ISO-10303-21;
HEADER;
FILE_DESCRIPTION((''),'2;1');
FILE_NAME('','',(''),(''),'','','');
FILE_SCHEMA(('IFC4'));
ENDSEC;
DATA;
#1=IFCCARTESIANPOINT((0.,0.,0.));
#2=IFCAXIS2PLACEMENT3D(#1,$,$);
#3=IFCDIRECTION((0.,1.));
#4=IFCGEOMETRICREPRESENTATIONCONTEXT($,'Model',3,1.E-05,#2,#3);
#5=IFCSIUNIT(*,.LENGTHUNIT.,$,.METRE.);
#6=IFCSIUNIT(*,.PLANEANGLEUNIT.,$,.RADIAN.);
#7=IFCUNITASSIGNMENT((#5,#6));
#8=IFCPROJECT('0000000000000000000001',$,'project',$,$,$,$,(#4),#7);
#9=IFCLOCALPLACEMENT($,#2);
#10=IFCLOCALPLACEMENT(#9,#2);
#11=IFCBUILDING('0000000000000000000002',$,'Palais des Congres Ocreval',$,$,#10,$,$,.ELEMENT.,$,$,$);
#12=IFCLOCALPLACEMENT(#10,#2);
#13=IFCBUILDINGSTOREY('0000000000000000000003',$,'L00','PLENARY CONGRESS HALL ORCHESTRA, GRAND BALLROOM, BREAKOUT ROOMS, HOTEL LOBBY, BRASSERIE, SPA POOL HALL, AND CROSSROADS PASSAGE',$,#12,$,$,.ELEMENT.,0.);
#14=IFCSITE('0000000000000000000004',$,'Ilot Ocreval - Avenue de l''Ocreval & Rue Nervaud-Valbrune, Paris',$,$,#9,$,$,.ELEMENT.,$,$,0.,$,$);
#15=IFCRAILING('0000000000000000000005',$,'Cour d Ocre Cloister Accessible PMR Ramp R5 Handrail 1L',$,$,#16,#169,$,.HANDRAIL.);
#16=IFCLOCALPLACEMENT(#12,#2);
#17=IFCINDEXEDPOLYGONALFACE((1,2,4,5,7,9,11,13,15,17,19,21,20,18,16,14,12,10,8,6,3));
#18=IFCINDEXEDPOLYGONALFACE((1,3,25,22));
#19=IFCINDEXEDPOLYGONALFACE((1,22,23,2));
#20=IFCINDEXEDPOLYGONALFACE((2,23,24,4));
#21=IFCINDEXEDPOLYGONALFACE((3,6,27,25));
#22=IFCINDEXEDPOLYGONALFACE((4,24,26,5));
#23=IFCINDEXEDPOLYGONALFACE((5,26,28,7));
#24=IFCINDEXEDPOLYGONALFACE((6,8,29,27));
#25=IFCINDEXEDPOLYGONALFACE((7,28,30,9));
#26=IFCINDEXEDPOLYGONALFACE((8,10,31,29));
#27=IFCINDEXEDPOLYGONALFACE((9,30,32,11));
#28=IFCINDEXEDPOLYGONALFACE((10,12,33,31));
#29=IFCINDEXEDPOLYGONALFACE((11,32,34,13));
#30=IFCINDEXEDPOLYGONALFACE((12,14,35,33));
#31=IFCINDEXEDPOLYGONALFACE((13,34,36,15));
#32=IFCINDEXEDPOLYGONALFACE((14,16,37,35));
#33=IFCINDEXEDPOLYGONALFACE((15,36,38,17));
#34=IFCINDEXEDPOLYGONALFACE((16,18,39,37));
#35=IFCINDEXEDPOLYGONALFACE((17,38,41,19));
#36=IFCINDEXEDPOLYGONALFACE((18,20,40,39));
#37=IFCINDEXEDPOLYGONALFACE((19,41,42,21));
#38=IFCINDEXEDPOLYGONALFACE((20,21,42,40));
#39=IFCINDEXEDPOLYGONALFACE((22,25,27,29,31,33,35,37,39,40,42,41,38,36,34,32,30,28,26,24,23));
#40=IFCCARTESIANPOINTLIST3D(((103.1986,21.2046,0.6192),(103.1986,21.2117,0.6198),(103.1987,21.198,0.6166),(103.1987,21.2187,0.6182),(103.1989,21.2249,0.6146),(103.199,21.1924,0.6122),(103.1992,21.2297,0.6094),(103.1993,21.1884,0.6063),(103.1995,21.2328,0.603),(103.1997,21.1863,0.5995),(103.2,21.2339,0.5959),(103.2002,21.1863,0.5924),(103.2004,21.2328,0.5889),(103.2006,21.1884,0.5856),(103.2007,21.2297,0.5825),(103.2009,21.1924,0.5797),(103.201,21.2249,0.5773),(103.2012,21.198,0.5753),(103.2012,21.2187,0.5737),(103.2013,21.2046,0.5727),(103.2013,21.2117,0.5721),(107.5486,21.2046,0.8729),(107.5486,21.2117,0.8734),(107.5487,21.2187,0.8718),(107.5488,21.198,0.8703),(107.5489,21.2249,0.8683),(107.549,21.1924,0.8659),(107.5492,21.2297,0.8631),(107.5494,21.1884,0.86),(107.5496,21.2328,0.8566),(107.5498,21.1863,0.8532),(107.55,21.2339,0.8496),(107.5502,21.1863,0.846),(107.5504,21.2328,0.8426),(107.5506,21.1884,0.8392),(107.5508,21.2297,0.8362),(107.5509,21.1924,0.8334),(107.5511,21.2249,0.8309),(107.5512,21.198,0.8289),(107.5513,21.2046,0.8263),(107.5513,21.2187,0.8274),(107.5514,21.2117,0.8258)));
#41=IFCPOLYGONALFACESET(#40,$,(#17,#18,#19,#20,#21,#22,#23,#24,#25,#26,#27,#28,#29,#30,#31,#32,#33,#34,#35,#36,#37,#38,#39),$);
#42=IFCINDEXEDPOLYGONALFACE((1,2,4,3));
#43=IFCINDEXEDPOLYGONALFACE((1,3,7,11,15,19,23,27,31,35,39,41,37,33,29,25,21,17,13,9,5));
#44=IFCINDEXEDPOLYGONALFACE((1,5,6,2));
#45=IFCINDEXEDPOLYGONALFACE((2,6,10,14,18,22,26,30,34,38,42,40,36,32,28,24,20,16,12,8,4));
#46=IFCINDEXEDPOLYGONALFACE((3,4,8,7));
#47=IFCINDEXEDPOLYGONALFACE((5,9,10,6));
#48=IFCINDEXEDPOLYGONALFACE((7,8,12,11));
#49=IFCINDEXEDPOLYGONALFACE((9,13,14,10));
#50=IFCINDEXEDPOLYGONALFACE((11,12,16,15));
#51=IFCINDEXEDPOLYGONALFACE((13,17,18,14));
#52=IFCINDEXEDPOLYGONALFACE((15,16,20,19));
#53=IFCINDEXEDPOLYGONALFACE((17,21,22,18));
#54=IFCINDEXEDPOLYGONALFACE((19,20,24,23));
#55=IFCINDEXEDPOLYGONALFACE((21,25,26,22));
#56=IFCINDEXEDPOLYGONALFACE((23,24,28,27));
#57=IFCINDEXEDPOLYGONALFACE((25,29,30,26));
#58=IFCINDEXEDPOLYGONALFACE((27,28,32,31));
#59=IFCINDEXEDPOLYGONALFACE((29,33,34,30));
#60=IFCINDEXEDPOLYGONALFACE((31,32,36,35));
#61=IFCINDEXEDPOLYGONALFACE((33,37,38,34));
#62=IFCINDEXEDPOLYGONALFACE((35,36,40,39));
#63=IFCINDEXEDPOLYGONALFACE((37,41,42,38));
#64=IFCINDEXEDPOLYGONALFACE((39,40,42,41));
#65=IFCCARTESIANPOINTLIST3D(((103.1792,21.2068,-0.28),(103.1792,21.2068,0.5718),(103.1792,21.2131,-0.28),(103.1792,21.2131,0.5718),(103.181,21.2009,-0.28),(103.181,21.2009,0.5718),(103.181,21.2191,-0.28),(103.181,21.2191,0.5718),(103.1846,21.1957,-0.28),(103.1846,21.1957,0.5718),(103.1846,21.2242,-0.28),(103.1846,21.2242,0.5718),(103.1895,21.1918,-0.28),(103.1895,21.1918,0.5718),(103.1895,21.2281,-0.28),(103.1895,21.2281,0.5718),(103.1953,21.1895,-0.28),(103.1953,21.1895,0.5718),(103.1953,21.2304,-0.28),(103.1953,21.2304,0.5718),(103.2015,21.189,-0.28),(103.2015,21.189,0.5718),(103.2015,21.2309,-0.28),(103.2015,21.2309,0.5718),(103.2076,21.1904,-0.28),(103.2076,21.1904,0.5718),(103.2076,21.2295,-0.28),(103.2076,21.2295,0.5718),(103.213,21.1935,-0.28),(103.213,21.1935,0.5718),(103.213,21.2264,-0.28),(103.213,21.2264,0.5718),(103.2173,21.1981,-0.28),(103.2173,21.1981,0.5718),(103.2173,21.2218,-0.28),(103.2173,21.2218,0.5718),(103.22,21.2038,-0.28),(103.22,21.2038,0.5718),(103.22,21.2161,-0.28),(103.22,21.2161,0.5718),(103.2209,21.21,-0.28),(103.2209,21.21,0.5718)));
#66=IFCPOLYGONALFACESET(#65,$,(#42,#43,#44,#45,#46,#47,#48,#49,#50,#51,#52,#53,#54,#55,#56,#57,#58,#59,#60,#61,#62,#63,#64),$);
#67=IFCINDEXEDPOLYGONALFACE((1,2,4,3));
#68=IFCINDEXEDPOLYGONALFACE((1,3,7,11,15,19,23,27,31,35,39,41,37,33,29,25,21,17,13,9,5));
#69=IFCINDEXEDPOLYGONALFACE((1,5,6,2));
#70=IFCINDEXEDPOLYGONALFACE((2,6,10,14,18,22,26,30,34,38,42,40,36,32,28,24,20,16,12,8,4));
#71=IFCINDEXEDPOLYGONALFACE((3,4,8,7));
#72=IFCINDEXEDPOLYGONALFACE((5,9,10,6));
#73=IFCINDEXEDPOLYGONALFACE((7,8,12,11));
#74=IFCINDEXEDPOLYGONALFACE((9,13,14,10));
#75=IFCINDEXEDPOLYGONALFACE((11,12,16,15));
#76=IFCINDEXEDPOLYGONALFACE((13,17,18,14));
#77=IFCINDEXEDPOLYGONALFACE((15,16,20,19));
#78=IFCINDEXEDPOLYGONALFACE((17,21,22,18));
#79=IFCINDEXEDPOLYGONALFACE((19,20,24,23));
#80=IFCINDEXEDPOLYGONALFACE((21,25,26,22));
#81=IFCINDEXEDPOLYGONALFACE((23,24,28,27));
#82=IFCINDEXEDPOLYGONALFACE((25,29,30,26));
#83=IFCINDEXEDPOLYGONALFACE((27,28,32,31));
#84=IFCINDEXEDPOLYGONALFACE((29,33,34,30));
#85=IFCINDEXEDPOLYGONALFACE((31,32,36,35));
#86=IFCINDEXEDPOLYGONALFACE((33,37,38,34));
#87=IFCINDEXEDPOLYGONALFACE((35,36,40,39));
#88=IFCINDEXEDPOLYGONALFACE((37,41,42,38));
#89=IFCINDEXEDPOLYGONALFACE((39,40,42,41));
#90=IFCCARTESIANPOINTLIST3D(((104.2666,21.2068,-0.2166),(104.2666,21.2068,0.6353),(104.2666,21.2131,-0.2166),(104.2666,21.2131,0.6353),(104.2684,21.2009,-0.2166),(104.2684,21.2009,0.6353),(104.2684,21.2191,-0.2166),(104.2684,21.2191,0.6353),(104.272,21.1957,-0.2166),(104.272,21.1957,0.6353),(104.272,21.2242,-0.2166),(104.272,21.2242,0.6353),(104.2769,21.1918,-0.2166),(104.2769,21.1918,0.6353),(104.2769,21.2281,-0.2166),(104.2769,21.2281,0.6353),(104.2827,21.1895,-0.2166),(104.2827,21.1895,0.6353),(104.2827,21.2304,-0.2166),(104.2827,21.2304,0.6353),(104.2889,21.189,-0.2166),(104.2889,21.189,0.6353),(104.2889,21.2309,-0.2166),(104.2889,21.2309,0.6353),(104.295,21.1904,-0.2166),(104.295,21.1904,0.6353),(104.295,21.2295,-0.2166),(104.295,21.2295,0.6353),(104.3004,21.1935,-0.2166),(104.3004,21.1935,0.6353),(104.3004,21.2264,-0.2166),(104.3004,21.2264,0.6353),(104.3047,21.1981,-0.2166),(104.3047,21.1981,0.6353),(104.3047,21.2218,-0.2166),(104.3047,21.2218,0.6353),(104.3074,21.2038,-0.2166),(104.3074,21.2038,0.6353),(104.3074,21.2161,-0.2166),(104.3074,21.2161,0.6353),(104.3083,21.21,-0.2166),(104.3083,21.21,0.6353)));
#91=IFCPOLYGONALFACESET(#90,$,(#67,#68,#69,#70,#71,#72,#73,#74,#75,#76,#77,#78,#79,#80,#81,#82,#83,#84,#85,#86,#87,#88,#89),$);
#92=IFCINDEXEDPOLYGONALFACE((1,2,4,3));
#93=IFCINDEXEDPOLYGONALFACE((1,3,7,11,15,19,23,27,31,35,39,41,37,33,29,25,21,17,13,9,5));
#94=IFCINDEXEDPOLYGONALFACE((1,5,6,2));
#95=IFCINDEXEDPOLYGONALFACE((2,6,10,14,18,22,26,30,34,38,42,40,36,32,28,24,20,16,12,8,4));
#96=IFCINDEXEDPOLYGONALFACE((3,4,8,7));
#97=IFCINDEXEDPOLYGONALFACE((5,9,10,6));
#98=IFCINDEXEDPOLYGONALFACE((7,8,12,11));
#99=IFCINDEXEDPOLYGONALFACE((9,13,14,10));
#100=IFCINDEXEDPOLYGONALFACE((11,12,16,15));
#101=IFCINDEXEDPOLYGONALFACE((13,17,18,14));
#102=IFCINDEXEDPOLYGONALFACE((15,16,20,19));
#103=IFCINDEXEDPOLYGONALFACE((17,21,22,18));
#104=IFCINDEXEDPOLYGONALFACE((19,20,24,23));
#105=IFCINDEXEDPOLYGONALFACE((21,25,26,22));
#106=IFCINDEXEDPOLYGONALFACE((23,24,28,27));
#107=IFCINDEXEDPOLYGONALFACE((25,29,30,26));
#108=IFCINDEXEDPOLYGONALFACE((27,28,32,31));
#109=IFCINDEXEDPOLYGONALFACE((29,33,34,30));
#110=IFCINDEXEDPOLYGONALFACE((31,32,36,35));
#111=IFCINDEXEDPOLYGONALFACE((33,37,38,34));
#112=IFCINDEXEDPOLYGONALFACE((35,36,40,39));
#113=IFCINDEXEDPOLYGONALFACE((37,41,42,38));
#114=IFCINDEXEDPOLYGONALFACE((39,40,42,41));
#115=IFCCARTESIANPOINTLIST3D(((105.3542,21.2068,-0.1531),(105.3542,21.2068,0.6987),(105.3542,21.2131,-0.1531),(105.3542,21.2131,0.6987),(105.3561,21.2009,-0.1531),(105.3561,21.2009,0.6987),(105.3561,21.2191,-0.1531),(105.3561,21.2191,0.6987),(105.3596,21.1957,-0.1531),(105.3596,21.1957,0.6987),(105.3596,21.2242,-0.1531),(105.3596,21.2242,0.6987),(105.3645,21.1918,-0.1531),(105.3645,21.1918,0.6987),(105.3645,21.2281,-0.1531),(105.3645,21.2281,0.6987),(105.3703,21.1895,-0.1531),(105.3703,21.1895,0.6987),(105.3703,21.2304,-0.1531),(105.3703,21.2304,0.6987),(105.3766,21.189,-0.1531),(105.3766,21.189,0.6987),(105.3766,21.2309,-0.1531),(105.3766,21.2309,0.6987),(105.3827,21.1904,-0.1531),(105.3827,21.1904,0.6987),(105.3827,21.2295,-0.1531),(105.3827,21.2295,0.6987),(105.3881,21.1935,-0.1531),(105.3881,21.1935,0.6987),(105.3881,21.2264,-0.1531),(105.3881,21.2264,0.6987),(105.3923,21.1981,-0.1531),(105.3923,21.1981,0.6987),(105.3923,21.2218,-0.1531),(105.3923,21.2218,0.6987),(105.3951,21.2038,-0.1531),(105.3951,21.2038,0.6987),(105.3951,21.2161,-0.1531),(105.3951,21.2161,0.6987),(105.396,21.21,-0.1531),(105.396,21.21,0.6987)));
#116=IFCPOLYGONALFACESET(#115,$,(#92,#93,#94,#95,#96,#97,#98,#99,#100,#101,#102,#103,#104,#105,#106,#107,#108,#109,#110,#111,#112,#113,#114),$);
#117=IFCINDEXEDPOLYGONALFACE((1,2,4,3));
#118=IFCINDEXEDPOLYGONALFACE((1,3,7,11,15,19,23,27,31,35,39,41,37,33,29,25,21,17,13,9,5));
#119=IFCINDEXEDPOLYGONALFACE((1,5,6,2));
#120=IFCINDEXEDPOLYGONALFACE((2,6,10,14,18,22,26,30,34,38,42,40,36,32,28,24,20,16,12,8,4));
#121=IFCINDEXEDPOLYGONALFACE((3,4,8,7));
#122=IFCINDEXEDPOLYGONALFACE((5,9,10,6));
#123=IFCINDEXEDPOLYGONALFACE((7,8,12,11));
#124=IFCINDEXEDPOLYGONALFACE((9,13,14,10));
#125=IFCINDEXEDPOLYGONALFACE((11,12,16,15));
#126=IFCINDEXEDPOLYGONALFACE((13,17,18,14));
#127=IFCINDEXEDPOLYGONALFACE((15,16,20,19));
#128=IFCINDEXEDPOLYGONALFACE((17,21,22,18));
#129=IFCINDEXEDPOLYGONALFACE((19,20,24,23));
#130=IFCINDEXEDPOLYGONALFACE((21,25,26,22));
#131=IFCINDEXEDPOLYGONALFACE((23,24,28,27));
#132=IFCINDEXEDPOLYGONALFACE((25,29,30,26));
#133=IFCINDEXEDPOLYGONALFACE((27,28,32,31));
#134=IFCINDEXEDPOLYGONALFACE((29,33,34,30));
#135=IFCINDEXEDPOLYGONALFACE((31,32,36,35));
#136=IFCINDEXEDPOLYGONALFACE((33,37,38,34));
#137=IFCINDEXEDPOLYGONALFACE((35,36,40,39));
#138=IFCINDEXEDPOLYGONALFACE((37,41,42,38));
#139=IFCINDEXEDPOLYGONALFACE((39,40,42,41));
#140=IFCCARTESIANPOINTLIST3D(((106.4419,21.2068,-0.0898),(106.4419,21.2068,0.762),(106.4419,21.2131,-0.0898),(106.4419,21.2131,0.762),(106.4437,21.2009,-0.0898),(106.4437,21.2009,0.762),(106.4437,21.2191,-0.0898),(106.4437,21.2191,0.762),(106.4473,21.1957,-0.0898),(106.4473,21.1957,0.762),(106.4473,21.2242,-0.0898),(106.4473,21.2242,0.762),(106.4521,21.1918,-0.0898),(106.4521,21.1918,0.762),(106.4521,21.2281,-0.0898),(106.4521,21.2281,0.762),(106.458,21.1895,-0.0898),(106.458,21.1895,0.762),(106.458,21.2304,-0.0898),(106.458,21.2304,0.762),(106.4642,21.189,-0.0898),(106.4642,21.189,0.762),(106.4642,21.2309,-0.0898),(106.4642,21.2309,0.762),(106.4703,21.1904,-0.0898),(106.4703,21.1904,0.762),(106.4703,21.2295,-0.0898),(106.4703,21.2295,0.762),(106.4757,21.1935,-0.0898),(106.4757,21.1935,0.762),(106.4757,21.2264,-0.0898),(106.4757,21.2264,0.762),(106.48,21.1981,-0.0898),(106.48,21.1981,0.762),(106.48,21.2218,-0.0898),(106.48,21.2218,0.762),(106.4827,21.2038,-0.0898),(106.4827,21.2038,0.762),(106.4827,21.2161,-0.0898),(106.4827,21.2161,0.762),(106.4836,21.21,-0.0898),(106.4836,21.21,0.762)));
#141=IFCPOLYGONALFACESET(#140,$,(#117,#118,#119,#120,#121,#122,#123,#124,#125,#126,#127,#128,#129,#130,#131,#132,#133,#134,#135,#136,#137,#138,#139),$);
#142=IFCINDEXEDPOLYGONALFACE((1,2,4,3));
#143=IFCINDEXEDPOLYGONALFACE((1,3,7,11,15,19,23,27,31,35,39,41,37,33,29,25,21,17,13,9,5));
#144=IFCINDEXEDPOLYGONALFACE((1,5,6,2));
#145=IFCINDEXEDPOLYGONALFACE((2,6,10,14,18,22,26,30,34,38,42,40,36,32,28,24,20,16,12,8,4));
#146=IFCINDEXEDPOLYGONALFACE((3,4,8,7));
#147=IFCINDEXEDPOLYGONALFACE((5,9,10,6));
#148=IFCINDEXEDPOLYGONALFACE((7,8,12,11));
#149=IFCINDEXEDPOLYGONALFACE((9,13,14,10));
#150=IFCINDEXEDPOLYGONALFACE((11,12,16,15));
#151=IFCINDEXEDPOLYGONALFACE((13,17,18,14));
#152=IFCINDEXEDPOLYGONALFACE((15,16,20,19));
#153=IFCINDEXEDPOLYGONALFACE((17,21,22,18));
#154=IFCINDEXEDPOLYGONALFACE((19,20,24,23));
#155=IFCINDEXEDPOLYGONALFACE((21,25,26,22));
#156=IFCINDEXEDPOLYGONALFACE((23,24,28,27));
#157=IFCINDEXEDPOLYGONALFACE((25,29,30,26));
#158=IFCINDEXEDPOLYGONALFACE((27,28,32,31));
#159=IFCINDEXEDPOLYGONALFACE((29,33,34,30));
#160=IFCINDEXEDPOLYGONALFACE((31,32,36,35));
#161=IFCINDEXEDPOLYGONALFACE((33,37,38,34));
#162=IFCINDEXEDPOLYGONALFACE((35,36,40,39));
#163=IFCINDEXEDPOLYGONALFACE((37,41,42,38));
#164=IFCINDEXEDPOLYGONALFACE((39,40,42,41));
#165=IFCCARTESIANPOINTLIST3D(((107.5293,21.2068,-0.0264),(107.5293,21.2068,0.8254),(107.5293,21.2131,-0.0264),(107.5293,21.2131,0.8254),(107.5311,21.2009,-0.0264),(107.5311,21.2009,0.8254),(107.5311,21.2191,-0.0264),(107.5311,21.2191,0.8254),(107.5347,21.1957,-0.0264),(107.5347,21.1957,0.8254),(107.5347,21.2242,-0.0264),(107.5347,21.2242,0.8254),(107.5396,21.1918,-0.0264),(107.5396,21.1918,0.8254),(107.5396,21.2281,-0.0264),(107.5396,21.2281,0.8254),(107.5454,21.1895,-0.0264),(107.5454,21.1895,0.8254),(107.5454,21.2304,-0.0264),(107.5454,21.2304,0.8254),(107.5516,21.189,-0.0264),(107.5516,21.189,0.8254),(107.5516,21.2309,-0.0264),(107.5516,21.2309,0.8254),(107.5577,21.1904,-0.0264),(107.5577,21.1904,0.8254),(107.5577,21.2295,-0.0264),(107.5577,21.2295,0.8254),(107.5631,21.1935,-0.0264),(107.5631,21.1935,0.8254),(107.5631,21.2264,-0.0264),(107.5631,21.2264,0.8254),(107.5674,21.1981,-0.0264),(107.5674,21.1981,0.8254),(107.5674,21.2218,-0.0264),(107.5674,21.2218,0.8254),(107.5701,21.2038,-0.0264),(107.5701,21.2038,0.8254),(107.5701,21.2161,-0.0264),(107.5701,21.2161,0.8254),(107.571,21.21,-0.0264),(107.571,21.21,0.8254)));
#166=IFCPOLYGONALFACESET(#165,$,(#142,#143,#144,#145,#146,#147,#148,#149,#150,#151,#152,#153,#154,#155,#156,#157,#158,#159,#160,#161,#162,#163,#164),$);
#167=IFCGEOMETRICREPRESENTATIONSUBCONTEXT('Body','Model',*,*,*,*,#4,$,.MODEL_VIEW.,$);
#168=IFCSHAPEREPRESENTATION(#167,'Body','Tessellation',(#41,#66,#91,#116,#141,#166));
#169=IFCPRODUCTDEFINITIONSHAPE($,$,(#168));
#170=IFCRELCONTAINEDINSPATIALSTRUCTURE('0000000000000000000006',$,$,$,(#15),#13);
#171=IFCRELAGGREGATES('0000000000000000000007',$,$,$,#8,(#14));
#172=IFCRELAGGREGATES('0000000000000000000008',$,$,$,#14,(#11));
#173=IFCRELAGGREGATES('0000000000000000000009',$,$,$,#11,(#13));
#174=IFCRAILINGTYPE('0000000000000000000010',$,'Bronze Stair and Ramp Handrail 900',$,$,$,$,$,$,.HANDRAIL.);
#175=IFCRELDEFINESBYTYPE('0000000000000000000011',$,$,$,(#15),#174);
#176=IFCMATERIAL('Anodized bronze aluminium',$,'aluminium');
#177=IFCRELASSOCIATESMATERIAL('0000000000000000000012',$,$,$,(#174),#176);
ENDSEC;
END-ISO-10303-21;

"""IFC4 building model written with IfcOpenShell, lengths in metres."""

from ifc_helpers import new_model, si_unit, direction, frame, origin, origin_2d, place, context, subcontext, project, spatial, circle, extrude, material, type_object, element, save


model = new_model("IFC4")

# Units and contexts
model_context = context("Model", 3, precision=1e-05, world=origin(), true_north=direction((0.0, 1.0)))
body_context = subcontext(model_context, "Body", "Model", "MODEL_VIEW")
ifc_project = project(units=[si_unit("LENGTHUNIT", "METRE"), si_unit("PLANEANGLEUNIT", "RADIAN")], contexts=[model_context])

# Site, building, storey
site_placement = place(None, origin())
site = spatial("IfcSite", under=ifc_project, at=site_placement, Name="Ilot Ocreval - Avenue de l'Ocreval & Rue Nervaud-Valbrune, Paris", CompositionType="ELEMENT", RefElevation=0.0)
building_placement = place(site_placement, origin())
building = spatial("IfcBuilding", under=site, at=building_placement, Name="Palais des Congres Ocreval", CompositionType="ELEMENT")
storey_placement = place(building_placement, origin())
storey = spatial("IfcBuildingStorey", under=building, at=storey_placement, Name="L00", Description="PLENARY CONGRESS HALL ORCHESTRA, GRAND BALLROOM, BREAKOUT ROOMS, HOTEL LOBBY, BRASSERIE, SPA POOL HALL, AND CROSSROADS PASSAGE", CompositionType="ELEMENT", Elevation=0.0)

# Shared definitions
ifc_material_1 = material(Name="Anodized bronze aluminium", Category="aluminium")

# Railing
railing_type = type_object("IfcRailingType", Name="Bronze Stair and Ramp Handrail 900", PredefinedType="HANDRAIL", material=ifc_material_1)
for number, where, name in (
    (1, (103.2, 21.21, -0.28), "Cour d Ocre Cloister Accessible PMR Ramp R5 Handrail 1L"),
):
    element("IfcRailing", number, at=place(storey_placement, frame(where)), inside=storey, type_object=railing_type, Name=name, PredefinedType="HANDRAIL", context=body_context, shape_type="SweptSolid", body=[
        extrude(circle(Radius=0.0239, at=origin_2d()), frame((0.0, 0.0, 0.876), z_axis=(0.998304, 0.0, 0.058213), x_axis=(0.0, 1.0, 0.0)), (0.0, 0.0, 1.0), 4.3574),
        extrude(circle(Radius=0.021, at=origin_2d()), origin(), (0.0, 0.0, 1.0), 0.8518),
        extrude(circle(Radius=0.021, at=origin_2d()), frame((1.0874, 0.0, 0.0635)), (0.0, 0.0, 1.0), 0.8518),
        extrude(circle(Radius=0.021, at=origin_2d()), frame((2.175, 0.0, 0.127)), (0.0, 0.0, 1.0), 0.8518),
        extrude(circle(Radius=0.021, at=origin_2d()), frame((3.2627, 0.0, 0.1902)), (0.0, 0.0, 1.0), 0.8518),
        extrude(circle(Radius=0.021, at=origin_2d()), frame((4.3501, 0.0, 0.2537)), (0.0, 0.0, 1.0), 0.8518),
    ])

save(model, "model.ifc")
